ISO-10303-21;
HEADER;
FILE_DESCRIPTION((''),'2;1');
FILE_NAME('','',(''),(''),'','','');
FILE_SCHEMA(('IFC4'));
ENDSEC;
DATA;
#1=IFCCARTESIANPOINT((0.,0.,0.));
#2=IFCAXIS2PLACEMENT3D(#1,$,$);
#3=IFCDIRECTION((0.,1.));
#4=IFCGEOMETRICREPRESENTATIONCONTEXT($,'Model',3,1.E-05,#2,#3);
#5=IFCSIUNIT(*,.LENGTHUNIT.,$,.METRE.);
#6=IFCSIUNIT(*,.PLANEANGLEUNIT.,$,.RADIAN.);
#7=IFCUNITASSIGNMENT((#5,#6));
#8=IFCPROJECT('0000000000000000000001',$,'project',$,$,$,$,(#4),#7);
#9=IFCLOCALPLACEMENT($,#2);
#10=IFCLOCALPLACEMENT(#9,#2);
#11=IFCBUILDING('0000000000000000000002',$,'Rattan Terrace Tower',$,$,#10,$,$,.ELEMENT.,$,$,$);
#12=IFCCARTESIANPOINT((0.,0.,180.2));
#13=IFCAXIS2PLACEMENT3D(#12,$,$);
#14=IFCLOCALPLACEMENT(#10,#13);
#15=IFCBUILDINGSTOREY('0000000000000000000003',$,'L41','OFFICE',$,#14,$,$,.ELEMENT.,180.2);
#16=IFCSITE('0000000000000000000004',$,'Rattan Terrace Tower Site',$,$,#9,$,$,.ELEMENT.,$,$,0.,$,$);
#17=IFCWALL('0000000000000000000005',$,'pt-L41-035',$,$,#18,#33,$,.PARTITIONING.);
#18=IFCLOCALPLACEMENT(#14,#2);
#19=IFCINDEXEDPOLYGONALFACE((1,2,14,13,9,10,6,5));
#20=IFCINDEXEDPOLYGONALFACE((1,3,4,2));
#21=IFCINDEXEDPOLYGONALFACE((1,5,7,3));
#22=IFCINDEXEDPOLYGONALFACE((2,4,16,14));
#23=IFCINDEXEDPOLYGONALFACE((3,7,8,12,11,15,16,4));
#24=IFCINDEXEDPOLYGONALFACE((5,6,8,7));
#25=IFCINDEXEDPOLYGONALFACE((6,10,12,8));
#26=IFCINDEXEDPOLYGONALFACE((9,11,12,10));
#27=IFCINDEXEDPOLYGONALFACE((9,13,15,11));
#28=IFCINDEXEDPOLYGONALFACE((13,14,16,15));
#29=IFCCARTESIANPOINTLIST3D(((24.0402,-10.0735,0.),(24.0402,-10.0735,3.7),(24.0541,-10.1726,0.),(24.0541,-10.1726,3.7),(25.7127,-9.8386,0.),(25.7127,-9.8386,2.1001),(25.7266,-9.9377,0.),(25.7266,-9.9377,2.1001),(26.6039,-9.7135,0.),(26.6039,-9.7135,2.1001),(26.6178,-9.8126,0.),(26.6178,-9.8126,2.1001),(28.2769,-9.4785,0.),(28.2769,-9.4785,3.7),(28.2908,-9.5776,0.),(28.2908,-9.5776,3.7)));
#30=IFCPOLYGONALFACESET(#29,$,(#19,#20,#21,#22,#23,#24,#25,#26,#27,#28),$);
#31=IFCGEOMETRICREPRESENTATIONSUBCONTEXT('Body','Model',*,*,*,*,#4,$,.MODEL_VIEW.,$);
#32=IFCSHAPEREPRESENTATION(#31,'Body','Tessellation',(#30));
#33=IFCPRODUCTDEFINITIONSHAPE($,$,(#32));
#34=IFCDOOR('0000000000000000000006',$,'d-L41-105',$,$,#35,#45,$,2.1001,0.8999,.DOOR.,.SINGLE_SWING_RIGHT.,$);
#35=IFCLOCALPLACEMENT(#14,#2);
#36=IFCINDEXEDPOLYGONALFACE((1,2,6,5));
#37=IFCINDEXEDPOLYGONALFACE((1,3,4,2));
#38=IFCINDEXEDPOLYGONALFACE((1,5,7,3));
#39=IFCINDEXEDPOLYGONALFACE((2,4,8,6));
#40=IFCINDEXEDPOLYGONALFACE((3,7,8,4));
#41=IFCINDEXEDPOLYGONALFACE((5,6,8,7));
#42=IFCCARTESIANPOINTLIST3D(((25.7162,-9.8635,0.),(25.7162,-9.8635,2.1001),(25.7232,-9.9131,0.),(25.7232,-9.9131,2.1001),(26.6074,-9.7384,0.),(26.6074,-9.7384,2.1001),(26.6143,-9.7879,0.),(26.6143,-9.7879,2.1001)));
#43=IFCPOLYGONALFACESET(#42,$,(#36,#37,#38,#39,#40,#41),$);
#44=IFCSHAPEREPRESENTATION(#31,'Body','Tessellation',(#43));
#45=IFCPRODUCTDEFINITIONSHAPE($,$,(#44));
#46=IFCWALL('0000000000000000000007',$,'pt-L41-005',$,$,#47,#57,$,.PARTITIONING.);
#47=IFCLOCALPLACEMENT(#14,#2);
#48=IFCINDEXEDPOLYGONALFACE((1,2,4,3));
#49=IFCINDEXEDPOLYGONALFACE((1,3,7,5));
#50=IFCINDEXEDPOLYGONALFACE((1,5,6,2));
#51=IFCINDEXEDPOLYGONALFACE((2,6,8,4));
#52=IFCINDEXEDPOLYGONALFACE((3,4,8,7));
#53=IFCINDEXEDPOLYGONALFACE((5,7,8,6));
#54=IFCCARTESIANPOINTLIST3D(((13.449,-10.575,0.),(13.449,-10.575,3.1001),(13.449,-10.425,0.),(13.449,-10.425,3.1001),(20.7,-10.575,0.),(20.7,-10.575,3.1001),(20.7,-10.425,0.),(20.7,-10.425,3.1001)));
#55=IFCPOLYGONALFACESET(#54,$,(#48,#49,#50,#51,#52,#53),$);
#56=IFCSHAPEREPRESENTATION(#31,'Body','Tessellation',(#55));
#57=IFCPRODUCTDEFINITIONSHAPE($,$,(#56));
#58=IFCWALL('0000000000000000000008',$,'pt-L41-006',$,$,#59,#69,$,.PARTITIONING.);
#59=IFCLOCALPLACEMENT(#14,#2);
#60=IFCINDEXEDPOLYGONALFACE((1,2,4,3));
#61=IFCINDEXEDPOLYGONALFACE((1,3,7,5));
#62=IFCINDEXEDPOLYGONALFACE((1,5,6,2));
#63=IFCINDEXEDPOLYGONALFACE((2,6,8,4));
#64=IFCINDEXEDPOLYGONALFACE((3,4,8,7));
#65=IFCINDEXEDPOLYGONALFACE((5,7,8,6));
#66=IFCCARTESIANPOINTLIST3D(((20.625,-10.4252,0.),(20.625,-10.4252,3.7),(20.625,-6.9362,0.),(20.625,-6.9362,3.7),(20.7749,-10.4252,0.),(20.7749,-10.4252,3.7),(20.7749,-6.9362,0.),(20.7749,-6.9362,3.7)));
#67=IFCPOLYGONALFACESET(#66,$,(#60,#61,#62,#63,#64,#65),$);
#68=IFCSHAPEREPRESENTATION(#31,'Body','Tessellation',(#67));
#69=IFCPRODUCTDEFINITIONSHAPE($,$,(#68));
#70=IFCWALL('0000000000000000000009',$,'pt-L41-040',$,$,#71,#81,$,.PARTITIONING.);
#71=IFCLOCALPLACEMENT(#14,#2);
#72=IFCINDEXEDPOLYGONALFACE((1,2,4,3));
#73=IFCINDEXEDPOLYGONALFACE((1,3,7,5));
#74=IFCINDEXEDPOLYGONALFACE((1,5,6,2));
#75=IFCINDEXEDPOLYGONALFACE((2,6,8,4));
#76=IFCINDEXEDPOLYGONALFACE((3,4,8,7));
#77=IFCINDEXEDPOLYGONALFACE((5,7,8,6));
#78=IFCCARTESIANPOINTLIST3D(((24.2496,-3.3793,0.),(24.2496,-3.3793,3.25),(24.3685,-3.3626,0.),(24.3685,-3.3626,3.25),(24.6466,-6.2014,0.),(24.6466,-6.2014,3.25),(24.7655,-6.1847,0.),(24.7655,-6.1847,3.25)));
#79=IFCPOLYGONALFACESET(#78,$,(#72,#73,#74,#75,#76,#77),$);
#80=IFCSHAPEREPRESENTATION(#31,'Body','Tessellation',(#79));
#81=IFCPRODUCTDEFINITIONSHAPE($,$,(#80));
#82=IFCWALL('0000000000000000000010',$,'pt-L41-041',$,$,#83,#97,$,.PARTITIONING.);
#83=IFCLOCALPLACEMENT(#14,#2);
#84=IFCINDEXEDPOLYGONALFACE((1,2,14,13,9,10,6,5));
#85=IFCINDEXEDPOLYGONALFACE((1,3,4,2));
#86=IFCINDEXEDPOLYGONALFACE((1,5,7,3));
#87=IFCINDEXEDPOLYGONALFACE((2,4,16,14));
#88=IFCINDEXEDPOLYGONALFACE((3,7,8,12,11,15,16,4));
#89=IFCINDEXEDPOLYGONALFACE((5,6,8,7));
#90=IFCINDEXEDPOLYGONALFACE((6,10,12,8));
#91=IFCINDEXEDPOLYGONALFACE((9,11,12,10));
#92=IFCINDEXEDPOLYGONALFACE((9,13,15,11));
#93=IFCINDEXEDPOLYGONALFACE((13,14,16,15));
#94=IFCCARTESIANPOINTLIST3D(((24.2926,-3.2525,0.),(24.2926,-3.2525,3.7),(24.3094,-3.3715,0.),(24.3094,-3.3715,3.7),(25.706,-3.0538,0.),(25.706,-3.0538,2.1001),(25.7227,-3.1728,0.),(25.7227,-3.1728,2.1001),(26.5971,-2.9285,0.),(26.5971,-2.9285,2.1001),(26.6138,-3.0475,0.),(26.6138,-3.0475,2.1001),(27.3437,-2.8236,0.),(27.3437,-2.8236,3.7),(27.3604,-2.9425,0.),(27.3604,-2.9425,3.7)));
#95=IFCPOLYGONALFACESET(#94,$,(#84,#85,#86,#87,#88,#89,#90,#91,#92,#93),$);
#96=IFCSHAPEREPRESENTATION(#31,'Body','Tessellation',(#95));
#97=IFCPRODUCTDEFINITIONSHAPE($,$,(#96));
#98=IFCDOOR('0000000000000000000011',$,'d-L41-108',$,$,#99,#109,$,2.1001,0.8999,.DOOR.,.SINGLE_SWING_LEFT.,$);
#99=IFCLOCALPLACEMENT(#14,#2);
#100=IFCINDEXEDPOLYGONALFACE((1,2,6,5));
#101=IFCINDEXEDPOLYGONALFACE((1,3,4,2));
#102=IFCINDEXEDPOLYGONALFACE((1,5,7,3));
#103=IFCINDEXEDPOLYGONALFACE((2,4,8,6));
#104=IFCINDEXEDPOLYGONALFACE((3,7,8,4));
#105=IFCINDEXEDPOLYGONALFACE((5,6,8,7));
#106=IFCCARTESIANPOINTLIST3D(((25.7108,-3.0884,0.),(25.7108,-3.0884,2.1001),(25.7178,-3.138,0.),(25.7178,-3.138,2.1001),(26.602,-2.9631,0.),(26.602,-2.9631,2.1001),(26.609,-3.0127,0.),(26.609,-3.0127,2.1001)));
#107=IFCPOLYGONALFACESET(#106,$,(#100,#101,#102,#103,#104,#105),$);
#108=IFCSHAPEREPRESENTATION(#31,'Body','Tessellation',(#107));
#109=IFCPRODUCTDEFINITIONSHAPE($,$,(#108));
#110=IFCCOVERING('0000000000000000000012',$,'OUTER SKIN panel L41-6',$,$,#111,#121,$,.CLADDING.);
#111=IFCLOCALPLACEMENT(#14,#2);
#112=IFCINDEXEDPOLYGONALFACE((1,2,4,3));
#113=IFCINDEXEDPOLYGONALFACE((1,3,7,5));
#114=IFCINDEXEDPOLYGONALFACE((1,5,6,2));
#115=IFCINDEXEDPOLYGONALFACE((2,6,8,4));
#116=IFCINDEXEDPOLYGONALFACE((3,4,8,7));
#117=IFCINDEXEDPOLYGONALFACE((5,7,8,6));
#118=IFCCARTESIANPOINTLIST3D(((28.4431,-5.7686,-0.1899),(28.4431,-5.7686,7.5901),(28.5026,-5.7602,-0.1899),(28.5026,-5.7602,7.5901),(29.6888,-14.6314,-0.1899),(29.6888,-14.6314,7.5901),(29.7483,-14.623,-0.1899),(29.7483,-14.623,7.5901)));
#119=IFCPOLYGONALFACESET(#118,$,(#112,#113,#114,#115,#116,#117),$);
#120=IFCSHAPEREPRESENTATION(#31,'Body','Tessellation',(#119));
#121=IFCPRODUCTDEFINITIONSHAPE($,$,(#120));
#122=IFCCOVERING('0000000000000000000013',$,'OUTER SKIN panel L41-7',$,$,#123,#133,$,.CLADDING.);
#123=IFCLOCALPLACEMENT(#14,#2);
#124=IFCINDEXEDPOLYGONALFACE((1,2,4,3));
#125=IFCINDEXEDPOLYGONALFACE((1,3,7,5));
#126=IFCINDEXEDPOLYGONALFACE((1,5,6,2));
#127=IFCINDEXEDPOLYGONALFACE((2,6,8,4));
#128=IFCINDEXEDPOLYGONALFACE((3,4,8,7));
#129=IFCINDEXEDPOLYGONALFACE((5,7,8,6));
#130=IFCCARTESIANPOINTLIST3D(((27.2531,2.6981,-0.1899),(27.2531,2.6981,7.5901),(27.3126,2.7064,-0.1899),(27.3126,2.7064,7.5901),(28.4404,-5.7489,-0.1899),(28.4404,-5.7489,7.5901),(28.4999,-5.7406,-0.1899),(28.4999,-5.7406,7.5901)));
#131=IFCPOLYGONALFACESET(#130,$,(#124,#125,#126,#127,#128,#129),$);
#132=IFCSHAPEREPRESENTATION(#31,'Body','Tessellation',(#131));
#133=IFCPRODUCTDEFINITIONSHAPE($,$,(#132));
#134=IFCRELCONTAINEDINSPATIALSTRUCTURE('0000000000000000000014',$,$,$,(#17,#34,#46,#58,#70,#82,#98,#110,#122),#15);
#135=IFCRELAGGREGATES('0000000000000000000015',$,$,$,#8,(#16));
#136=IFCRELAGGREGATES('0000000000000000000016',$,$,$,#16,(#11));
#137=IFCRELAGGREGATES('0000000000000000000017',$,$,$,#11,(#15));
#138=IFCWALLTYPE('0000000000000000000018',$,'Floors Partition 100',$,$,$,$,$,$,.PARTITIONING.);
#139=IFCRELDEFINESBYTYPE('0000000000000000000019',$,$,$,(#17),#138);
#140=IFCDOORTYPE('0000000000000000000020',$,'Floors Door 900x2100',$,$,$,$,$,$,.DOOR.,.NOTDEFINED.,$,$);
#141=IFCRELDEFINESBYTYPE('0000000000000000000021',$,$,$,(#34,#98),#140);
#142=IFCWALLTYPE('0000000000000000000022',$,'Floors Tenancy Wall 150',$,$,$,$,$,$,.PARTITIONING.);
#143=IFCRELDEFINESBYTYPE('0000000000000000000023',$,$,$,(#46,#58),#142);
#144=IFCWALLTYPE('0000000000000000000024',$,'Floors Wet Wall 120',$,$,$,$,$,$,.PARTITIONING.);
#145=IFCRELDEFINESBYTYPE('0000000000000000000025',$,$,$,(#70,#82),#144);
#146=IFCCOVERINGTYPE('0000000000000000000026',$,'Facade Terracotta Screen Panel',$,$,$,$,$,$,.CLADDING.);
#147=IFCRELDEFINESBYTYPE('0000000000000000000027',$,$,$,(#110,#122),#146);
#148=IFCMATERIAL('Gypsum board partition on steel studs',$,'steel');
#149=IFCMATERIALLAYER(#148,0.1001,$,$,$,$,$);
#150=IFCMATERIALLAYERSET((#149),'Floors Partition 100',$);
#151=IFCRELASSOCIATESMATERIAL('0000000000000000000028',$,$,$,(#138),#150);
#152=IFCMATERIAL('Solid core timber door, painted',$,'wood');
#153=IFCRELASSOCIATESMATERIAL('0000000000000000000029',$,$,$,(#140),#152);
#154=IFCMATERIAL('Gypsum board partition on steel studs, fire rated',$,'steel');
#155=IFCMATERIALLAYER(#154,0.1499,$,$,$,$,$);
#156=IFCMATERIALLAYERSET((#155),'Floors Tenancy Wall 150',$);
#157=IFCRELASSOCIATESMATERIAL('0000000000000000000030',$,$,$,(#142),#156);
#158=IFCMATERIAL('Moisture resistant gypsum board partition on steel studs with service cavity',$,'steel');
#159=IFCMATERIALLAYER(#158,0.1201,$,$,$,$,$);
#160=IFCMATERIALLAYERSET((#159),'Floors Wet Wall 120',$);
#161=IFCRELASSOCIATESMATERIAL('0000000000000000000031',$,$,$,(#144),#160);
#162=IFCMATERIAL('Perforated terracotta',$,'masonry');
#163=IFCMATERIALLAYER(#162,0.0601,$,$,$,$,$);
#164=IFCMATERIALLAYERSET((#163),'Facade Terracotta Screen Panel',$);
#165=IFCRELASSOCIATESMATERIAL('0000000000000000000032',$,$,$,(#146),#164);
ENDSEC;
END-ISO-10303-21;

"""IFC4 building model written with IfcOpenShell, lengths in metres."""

from ifc_helpers import new_model, si_unit, direction, frame, frame_2d, origin, origin_2d, place, context, subcontext, project, spatial, rectangle, extrude, material, layer, layer_set, type_object, element, fill, save


model = new_model("IFC4")

# Units and contexts
model_context = context("Model", 3, precision=1e-05, world=origin(), true_north=direction((0.0, 1.0)))
body_context = subcontext(model_context, "Body", "Model", "MODEL_VIEW")
ifc_project = project(units=[si_unit("LENGTHUNIT", "METRE"), si_unit("PLANEANGLEUNIT", "RADIAN")], contexts=[model_context])

# Site, building, storey
site_placement = place(None, origin())
site = spatial("IfcSite", under=ifc_project, at=site_placement, Name="Rattan Terrace Tower Site", CompositionType="ELEMENT", RefElevation=0.0)
building_placement = place(site_placement, origin())
building = spatial("IfcBuilding", under=site, at=building_placement, Name="Rattan Terrace Tower", CompositionType="ELEMENT")
storey_placement = place(building_placement, frame((0.0, 0.0, 180.2)))
storey = spatial("IfcBuildingStorey", under=building, at=storey_placement, Name="L41", Description="OFFICE", CompositionType="ELEMENT", Elevation=180.2)

# Shared definitions
ifc_material_1 = material(Name="Gypsum board partition on steel studs", Category="steel")
ifc_layer_1 = layer(ifc_material_1, 0.1001)
ifc_layer_set_1 = layer_set([ifc_layer_1], Name="Floors Partition 100")
wall_type_1 = type_object("IfcWallType", Name="Floors Partition 100", PredefinedType="PARTITIONING", material=ifc_layer_set_1)

# Wall, opening, door
wall_1_placement = place(storey_placement, frame((24.0471, -10.123, 0.0), z_axis=(0.0, 0.0, 1.0), x_axis=(0.990283, 0.139064, 0.0)))
wall_1 = element("IfcWall", 1, at=wall_1_placement, inside=storey, type_object=wall_type_1, Name="pt-L41-035", PredefinedType="PARTITIONING", context=body_context, shape_type="SweptSolid", body=[
    extrude(rectangle(XDim=4.2783, YDim=0.1001, at=frame_2d((2.1392, 0.0))), origin(), (0.0, 0.0, 1.0), 3.7),
])
opening_1_placement = place(wall_1_placement, frame((1.689, 0.0, 0.0)))
opening_1 = element("IfcOpeningElement", 2, at=opening_1_placement, cuts=wall_1, PredefinedType="OPENING", context=body_context, shape_type="SweptSolid", body=[
    extrude(rectangle(XDim=0.8999, YDim=2.1001, at=frame_2d((0.45, 1.05))), frame((0.0, 0.0605, 0.0), z_axis=(0.0, -1.0, 0.0), x_axis=(1.0, 0.0, 0.0)), (0.0, 0.0, 1.0), 0.1211),
])
ifc_material_2 = material(Name="Solid core timber door, painted", Category="wood")
door_type = type_object("IfcDoorType", Name="Floors Door 900x2100", OperationType="NOTDEFINED", PredefinedType="DOOR", material=ifc_material_2)
door_1_placement = place(opening_1_placement, origin())
door_1 = element("IfcDoor", 3, at=door_1_placement, inside=storey, type_object=door_type, Name="d-L41-105", OperationType="SINGLE_SWING_RIGHT", OverallHeight=2.1001, OverallWidth=0.8999, PredefinedType="DOOR", context=body_context, shape_type="SweptSolid", body=[
    extrude(rectangle(XDim=0.8999, YDim=2.1001, at=frame_2d((0.45, 1.05))), frame((0.0, 0.0249, 0.0), z_axis=(0.0, -1.0, 0.0), x_axis=(1.0, 0.0, 0.0)), (0.0, 0.0, 1.0), 0.05),
])
fill(opening_1, door_1)

# Walls
ifc_material_3 = material(Name="Gypsum board partition on steel studs, fire rated", Category="steel")
ifc_layer_2 = layer(ifc_material_3, 0.1499)
ifc_layer_set_2 = layer_set([ifc_layer_2], Name="Floors Tenancy Wall 150")
wall_type_2 = type_object("IfcWallType", Name="Floors Tenancy Wall 150", PredefinedType="PARTITIONING", material=ifc_layer_set_2)
wall_2_placement = place(storey_placement, frame((20.7, -10.5, 0.0), z_axis=(0.0, 0.0, 1.0), x_axis=(-1.0, 0.0, 0.0)))
element("IfcWall", 4, at=wall_2_placement, inside=storey, type_object=wall_type_2, Name="pt-L41-005", PredefinedType="PARTITIONING", context=body_context, shape_type="SweptSolid", body=[
    extrude(rectangle(XDim=7.251, YDim=0.1499, at=frame_2d((3.6255, 0.0))), origin(), (0.0, 0.0, 1.0), 3.1001),
])
wall_3_placement = place(storey_placement, frame((20.7, -6.936, 0.0), z_axis=(0.0, 0.0, 1.0), x_axis=(0.0, -1.0, 0.0)))
element("IfcWall", 5, at=wall_3_placement, inside=storey, type_object=wall_type_2, Name="pt-L41-006", PredefinedType="PARTITIONING", context=body_context, shape_type="SweptSolid", body=[
    extrude(rectangle(XDim=3.489, YDim=0.1499, at=frame_2d((1.7446, 0.0))), origin(), (0.0, 0.0, 1.0), 3.7),
])
ifc_material_4 = material(Name="Moisture resistant gypsum board partition on steel studs with service cavity", Category="steel")
ifc_layer_3 = layer(ifc_material_4, 0.1201)
ifc_layer_set_3 = layer_set([ifc_layer_3], Name="Floors Wet Wall 120")
wall_type_3 = type_object("IfcWallType", Name="Floors Wet Wall 120", PredefinedType="PARTITIONING", material=ifc_layer_set_3)
wall_4_placement = place(storey_placement, frame((24.3091, -3.3711, 0.0), z_axis=(0.0, 0.0, 1.0), x_axis=(0.139298, -0.99025, 0.0)))
element("IfcWall", 6, at=wall_4_placement, inside=storey, type_object=wall_type_3, Name="pt-L41-040", PredefinedType="PARTITIONING", context=body_context, shape_type="SweptSolid", body=[
    extrude(rectangle(XDim=2.8499, YDim=0.1201, at=frame_2d((1.4248, 0.0))), origin(), (0.0, 0.0, 1.0), 3.25),
])

# Wall, opening, door
wall_5_placement = place(storey_placement, frame((27.3521, -2.8831, 0.0), z_axis=(0.0, 0.0, 1.0), x_axis=(-0.990261, -0.139224, 0.0)))
wall_5 = element("IfcWall", 7, at=wall_5_placement, inside=storey, type_object=wall_type_3, Name="pt-L41-041", PredefinedType="PARTITIONING", context=body_context, shape_type="SweptSolid", body=[
    extrude(rectangle(XDim=3.0811, YDim=0.1201, at=frame_2d((1.5405, 0.0))), origin(), (0.0, 0.0, 1.0), 3.7),
])
opening_2_placement = place(wall_5_placement, frame((0.7539, 0.0, 0.0)))
opening_2 = element("IfcOpeningElement", 8, at=opening_2_placement, cuts=wall_5, PredefinedType="OPENING", context=body_context, shape_type="SweptSolid", body=[
    extrude(rectangle(XDim=0.8999, YDim=2.1001, at=frame_2d((0.45, 1.05))), frame((0.0, 0.0706, 0.0), z_axis=(0.0, -1.0, 0.0), x_axis=(1.0, 0.0, 0.0)), (0.0, 0.0, 1.0), 0.1411),
])
door_2_placement = place(opening_2_placement, origin())
door_2 = element("IfcDoor", 9, at=door_2_placement, inside=storey, type_object=door_type, Name="d-L41-108", OperationType="SINGLE_SWING_LEFT", OverallHeight=2.1001, OverallWidth=0.8999, PredefinedType="DOOR", context=body_context, shape_type="SweptSolid", body=[
    extrude(rectangle(XDim=0.8999, YDim=2.1001, at=frame_2d((0.45, 1.05))), frame((0.0, 0.0249, 0.0), z_axis=(0.0, -1.0, 0.0), x_axis=(1.0, 0.0, 0.0)), (0.0, 0.0, 1.0), 0.05),
])
fill(opening_2, door_2)

# Coverings
ifc_material_5 = material(Name="Perforated terracotta", Category="masonry")
ifc_layer_4 = layer(ifc_material_5, 0.0601)
ifc_layer_set_4 = layer_set([ifc_layer_4], Name="Facade Terracotta Screen Panel")
covering_type = type_object("IfcCoveringType", Name="Facade Terracotta Screen Panel", PredefinedType="CLADDING", material=ifc_layer_set_4)
covering_1_placement = place(storey_placement, frame((29.0957, -10.1958, -0.1899), z_axis=(0.0, 0.0, 1.0), x_axis=(-0.139191, 0.990266, 0.0)))
element("IfcCovering", 10, at=covering_1_placement, inside=storey, type_object=covering_type, Name="OUTER SKIN panel L41-6", PredefinedType="CLADDING", context=body_context, shape_type="SweptSolid", body=[
    extrude(rectangle(XDim=8.95, YDim=0.0601, at=origin_2d()), origin(), (0.0, 0.0, 1.0), 7.78),
])
covering_2_placement = place(storey_placement, frame((27.8765, -1.5212, -0.1899), z_axis=(0.0, 0.0, 1.0), x_axis=(-0.139191, 0.990266, 0.0)))
element("IfcCovering", 11, at=covering_2_placement, inside=storey, type_object=covering_type, Name="OUTER SKIN panel L41-7", PredefinedType="CLADDING", context=body_context, shape_type="SweptSolid", body=[
    extrude(rectangle(XDim=8.53, YDim=0.0601, at=origin_2d()), origin(), (0.0, 0.0, 1.0), 7.78),
])

save(model, "model.ifc")
